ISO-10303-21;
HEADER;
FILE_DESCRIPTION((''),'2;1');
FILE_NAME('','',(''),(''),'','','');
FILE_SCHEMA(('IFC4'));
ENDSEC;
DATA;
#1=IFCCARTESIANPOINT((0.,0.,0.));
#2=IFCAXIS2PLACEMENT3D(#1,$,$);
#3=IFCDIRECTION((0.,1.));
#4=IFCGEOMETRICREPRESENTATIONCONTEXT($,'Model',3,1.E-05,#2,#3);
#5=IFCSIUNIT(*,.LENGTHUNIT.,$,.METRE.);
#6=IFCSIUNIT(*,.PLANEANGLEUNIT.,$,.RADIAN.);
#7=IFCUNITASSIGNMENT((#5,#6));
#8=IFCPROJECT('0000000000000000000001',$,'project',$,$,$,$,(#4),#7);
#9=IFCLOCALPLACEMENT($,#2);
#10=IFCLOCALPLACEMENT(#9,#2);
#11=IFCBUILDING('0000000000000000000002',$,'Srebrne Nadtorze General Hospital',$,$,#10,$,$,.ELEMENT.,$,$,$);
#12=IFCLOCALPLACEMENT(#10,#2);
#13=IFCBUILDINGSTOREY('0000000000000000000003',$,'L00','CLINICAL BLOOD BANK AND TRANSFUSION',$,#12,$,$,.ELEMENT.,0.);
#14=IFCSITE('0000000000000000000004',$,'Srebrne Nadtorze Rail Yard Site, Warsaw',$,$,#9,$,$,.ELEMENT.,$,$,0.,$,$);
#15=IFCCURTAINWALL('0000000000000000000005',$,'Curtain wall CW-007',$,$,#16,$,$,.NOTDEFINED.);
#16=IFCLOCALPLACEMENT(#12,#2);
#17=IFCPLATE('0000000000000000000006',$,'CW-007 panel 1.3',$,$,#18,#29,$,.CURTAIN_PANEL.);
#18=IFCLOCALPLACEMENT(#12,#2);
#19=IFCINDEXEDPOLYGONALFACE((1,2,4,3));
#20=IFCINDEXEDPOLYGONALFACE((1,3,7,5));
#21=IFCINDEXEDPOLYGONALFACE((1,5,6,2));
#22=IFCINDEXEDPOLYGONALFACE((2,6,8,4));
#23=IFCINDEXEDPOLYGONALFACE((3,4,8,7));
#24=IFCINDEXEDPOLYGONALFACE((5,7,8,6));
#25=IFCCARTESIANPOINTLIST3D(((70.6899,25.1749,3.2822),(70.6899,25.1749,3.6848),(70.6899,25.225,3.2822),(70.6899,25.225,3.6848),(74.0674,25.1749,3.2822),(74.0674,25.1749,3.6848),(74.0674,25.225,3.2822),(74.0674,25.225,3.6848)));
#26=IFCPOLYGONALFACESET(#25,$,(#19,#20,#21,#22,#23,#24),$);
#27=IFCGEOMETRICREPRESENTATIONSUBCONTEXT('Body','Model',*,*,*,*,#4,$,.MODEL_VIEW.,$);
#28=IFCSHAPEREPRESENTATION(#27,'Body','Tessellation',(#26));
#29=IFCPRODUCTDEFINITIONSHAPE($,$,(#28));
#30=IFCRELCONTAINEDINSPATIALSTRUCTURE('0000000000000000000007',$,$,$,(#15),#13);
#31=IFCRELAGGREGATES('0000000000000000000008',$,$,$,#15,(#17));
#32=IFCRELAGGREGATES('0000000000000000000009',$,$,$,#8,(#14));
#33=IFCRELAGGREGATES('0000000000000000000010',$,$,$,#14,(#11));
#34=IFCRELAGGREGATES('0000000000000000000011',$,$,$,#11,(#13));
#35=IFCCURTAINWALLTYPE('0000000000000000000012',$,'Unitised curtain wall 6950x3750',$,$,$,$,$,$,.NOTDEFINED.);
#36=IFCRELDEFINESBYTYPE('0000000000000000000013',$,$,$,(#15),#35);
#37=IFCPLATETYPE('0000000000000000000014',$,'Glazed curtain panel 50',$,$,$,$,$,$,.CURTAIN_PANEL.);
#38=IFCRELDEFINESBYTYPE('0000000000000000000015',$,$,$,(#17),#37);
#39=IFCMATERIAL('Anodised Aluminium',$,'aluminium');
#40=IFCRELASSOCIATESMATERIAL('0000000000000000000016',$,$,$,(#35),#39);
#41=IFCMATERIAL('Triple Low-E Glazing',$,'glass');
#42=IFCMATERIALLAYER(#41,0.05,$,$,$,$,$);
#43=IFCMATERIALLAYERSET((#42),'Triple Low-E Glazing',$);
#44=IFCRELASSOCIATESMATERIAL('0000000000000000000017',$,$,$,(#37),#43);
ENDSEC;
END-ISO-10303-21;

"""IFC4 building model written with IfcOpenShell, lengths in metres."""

from ifc_helpers import new_model, si_unit, direction, frame, origin, origin_2d, place, context, subcontext, project, spatial, rectangle, extrude, material, layer, layer_set, type_object, element, aggregate, save


model = new_model("IFC4")

# Units and contexts
model_context = context("Model", 3, precision=1e-05, world=origin(), true_north=direction((0.0, 1.0)))
body_context = subcontext(model_context, "Body", "Model", "MODEL_VIEW")
ifc_project = project(units=[si_unit("LENGTHUNIT", "METRE"), si_unit("PLANEANGLEUNIT", "RADIAN")], contexts=[model_context])

# Site, building, storey
site_placement = place(None, origin())
site = spatial("IfcSite", under=ifc_project, at=site_placement, Name="Srebrne Nadtorze Rail Yard Site, Warsaw", CompositionType="ELEMENT", RefElevation=0.0)
building_placement = place(site_placement, origin())
building = spatial("IfcBuilding", under=site, at=building_placement, Name="Srebrne Nadtorze General Hospital", CompositionType="ELEMENT")
storey_placement = place(building_placement, origin())
storey = spatial("IfcBuildingStorey", under=building, at=storey_placement, Name="L00", Description="CLINICAL BLOOD BANK AND TRANSFUSION", CompositionType="ELEMENT", Elevation=0.0)

# Shared definitions
ifc_material_1 = material(Name="Anodised Aluminium", Category="aluminium")
curtain_wall_type = type_object("IfcCurtainWallType", Name="Unitised curtain wall 6950x3750", PredefinedType="NOTDEFINED", material=ifc_material_1)

# Curtain wall
curtain_wall_1_placement = place(storey_placement, origin())
curtain_wall_1 = element("IfcCurtainWall", 1, at=curtain_wall_1_placement, inside=storey, type_object=curtain_wall_type, Name="Curtain wall CW-007", PredefinedType="NOTDEFINED")

# Plate
ifc_material_2 = material(Name="Triple Low-E Glazing", Category="glass")
ifc_layer = layer(ifc_material_2, 0.05)
ifc_layer_set = layer_set([ifc_layer], Name="Triple Low-E Glazing")
plate_type = type_object("IfcPlateType", Name="Glazed curtain panel 50", PredefinedType="CURTAIN_PANEL", material=ifc_layer_set)
plate_1_placement = place(storey_placement, frame((72.3787, 25.2, 3.2822), z_axis=(0.0, 0.0, 1.0), x_axis=(1.0, 0.0, 0.0)))
plate_1 = element("IfcPlate", 2, at=plate_1_placement, type_object=plate_type, Name="CW-007 panel 1.3", PredefinedType="CURTAIN_PANEL", context=body_context, shape_type="SweptSolid", body=[
    extrude(rectangle(XDim=3.3774, YDim=0.05, at=origin_2d()), origin(), (0.0, 0.0, 1.0), 0.4026),
])
aggregate(curtain_wall_1, [plate_1])

save(model, "model.ifc")
